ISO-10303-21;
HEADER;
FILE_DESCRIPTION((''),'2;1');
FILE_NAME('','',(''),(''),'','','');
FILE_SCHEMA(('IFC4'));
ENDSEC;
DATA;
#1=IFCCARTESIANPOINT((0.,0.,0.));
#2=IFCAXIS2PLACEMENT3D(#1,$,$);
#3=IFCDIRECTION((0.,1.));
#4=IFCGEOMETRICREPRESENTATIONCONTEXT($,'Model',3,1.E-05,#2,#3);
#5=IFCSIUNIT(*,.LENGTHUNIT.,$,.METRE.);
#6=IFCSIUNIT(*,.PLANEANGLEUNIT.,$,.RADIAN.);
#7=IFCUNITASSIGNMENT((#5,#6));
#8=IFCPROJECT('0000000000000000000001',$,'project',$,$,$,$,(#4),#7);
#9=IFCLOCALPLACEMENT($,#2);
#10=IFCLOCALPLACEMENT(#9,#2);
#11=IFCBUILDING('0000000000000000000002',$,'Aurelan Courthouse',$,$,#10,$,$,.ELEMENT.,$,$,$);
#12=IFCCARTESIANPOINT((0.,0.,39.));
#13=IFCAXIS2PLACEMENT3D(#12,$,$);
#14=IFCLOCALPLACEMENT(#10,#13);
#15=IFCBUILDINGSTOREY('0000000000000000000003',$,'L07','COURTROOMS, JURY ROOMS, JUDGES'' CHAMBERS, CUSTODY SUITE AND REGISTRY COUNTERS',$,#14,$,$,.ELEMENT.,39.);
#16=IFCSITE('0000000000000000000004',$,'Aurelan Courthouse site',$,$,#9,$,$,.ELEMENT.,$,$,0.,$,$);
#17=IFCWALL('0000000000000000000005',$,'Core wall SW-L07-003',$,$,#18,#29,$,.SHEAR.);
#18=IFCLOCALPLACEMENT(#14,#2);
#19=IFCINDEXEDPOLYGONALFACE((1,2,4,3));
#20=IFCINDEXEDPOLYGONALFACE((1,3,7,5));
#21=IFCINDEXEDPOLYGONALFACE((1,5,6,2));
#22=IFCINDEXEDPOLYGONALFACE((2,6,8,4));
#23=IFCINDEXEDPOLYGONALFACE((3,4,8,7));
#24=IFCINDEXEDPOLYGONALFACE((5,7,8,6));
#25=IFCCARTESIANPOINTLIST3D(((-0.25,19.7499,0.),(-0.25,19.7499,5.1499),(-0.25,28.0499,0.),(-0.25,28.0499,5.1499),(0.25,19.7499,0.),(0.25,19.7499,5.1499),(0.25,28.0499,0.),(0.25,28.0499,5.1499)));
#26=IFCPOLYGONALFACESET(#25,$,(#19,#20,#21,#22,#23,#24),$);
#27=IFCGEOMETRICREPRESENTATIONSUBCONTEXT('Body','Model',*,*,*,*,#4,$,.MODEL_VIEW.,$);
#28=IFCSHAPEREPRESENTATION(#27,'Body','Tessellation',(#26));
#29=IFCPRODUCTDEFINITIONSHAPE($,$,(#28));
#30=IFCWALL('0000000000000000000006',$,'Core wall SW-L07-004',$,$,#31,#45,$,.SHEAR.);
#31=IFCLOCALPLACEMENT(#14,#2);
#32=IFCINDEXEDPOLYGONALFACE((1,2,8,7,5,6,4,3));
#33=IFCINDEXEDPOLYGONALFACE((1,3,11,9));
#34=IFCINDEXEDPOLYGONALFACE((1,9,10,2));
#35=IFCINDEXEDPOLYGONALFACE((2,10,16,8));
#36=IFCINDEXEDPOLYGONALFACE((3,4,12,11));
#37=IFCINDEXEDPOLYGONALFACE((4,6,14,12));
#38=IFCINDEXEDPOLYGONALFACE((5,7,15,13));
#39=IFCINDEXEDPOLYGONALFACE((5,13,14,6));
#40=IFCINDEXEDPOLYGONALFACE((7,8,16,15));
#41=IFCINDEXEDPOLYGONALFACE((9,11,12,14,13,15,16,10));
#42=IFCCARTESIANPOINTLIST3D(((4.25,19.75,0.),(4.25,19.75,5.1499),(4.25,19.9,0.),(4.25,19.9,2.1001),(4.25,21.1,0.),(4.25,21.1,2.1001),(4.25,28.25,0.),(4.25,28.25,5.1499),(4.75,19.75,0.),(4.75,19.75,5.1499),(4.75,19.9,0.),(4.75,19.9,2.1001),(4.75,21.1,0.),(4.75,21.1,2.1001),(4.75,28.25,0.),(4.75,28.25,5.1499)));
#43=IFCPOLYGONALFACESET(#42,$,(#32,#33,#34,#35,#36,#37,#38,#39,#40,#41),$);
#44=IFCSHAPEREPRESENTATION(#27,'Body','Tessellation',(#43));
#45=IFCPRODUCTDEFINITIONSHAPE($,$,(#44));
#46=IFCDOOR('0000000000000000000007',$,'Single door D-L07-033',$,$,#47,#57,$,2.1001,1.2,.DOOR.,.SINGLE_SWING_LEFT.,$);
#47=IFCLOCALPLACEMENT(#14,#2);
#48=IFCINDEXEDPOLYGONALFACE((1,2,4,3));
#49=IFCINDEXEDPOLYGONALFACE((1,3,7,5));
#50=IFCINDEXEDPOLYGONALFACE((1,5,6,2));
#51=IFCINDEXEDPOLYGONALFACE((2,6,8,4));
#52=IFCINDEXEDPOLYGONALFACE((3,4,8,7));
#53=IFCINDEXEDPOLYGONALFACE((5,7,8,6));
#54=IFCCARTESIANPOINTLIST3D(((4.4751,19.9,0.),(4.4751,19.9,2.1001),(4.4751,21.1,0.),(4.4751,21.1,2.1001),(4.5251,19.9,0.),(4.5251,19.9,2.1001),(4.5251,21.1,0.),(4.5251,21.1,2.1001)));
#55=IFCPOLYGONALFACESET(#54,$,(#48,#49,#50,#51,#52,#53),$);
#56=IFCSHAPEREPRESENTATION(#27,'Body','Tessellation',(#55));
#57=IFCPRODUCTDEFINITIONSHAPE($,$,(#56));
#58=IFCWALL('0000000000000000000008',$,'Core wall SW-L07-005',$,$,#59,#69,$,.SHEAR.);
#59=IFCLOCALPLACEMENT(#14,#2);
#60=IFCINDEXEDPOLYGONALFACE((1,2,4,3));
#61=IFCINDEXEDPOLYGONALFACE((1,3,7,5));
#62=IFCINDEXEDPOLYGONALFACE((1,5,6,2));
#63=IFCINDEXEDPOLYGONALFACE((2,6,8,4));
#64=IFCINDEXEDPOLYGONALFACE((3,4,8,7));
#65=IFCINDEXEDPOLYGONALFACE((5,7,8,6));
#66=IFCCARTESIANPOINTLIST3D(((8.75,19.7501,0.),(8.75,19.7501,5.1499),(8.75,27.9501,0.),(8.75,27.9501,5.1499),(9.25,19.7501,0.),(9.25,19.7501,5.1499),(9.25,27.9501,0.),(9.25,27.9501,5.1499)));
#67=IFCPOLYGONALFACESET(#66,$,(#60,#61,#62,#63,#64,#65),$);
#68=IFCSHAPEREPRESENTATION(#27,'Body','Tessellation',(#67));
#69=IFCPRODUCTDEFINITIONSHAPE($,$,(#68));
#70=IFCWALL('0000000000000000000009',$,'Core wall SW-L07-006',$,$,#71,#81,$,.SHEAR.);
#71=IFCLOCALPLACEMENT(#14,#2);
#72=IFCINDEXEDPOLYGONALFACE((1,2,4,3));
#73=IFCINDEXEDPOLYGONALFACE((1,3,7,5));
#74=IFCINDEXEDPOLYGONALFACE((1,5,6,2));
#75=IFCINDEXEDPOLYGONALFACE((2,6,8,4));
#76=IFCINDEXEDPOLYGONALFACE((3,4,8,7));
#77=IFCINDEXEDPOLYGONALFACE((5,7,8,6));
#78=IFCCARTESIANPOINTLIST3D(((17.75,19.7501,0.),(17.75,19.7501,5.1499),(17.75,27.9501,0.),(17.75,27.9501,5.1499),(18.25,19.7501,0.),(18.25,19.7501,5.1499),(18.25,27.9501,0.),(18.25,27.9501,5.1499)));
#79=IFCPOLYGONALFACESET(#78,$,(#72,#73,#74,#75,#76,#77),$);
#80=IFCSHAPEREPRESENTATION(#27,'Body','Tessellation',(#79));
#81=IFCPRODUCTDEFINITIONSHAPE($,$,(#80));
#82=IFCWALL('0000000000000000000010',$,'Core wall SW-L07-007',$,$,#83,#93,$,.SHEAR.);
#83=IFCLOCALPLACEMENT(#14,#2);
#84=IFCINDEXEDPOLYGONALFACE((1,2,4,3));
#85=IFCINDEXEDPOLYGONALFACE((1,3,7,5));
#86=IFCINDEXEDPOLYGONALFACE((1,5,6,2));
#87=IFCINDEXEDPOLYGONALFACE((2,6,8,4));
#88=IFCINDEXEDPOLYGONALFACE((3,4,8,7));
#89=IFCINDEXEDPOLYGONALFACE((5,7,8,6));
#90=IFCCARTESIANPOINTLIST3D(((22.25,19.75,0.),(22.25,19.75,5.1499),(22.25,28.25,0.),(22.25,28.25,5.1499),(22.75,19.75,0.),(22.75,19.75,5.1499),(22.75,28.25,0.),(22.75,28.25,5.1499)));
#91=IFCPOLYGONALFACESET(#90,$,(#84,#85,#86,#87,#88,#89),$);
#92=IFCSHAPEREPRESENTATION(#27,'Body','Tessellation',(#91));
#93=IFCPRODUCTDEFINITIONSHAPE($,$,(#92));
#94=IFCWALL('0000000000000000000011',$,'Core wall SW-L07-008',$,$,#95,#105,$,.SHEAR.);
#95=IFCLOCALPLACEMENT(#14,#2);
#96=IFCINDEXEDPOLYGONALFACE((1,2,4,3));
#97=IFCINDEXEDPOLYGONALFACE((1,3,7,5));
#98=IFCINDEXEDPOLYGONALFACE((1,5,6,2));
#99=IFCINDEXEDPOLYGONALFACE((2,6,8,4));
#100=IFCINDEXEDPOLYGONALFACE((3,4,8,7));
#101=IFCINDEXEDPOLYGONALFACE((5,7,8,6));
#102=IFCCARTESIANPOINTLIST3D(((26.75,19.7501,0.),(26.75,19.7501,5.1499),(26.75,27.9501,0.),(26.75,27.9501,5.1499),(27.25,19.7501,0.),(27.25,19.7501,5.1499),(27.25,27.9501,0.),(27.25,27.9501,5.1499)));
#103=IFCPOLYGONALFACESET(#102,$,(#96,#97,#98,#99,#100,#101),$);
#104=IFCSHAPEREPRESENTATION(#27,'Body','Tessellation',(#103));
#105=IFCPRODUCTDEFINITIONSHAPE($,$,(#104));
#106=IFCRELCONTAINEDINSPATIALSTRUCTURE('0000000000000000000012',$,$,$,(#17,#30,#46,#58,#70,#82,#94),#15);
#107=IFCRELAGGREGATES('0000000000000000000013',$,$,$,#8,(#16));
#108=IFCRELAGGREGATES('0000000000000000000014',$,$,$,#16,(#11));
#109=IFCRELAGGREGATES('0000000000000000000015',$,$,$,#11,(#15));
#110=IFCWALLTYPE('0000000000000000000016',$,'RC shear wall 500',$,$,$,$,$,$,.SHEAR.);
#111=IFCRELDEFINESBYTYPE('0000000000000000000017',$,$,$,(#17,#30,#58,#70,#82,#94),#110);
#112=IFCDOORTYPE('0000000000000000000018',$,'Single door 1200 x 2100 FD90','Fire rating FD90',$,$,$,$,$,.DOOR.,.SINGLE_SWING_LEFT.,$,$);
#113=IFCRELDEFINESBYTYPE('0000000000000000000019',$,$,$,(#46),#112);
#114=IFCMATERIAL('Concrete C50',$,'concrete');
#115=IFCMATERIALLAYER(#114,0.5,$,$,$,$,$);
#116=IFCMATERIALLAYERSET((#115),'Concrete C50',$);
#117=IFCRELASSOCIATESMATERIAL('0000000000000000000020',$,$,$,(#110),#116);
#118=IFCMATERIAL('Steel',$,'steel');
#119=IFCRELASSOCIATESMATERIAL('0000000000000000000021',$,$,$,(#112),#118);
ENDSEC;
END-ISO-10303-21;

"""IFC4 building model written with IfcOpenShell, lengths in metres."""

from ifc_helpers import new_model, si_unit, direction, frame, frame_2d, origin, place, context, subcontext, project, spatial, rectangle, extrude, material, layer, layer_set, type_object, element, fill, save


model = new_model("IFC4")

# Units and contexts
model_context = context("Model", 3, precision=1e-05, world=origin(), true_north=direction((0.0, 1.0)))
body_context = subcontext(model_context, "Body", "Model", "MODEL_VIEW")
ifc_project = project(units=[si_unit("LENGTHUNIT", "METRE"), si_unit("PLANEANGLEUNIT", "RADIAN")], contexts=[model_context])

# Site, building, storey
site_placement = place(None, origin())
site = spatial("IfcSite", under=ifc_project, at=site_placement, Name="Aurelan Courthouse site", CompositionType="ELEMENT", RefElevation=0.0)
building_placement = place(site_placement, origin())
building = spatial("IfcBuilding", under=site, at=building_placement, Name="Aurelan Courthouse", CompositionType="ELEMENT")
storey_placement = place(building_placement, frame((0.0, 0.0, 39.0)))
storey = spatial("IfcBuildingStorey", under=building, at=storey_placement, Name="L07", Description="COURTROOMS, JURY ROOMS, JUDGES' CHAMBERS, CUSTODY SUITE AND REGISTRY COUNTERS", CompositionType="ELEMENT", Elevation=39.0)

# Shared definitions
ifc_material_1 = material(Name="Steel", Category="steel")

# Shared definitions
ifc_material_2 = material(Name="Concrete C50", Category="concrete")
ifc_layer_1 = layer(ifc_material_2, 0.5)
ifc_layer_set_1 = layer_set([ifc_layer_1], Name="Concrete C50")
wall_type_1 = type_object("IfcWallType", Name="RC shear wall 500", PredefinedType="SHEAR", material=ifc_layer_set_1)
door_type_1 = type_object("IfcDoorType", Name="Single door 1200 x 2100 FD90", Description="Fire rating FD90", OperationType="SINGLE_SWING_LEFT", PredefinedType="DOOR", material=ifc_material_1)

# Wall
wall_1_placement = place(storey_placement, frame((0.0, 19.75, 0.0), z_axis=(0.0, 0.0, 1.0), x_axis=(0.0, 1.0, 0.0)))
element("IfcWall", 1, at=wall_1_placement, inside=storey, type_object=wall_type_1, Name="Core wall SW-L07-003", PredefinedType="SHEAR", context=body_context, shape_type="SweptSolid", body=[
    extrude(rectangle(XDim=8.3, YDim=0.5, at=frame_2d((4.1499, 0.0))), origin(), (0.0, 0.0, 1.0), 5.1499),
])

# Wall, opening, door
wall_2_placement = place(storey_placement, frame((4.5, 19.75, 0.0), z_axis=(0.0, 0.0, 1.0), x_axis=(0.0, 1.0, 0.0)))
wall_2 = element("IfcWall", 2, at=wall_2_placement, inside=storey, type_object=wall_type_1, Name="Core wall SW-L07-004", PredefinedType="SHEAR", context=body_context, shape_type="SweptSolid", body=[
    extrude(rectangle(XDim=8.5, YDim=0.5, at=frame_2d((4.25, 0.0))), origin(), (0.0, 0.0, 1.0), 5.1499),
])
opening_1_placement = place(wall_2_placement, frame((0.1499, 0.0, 0.0)))
opening_1 = element("IfcOpeningElement", 3, at=opening_1_placement, cuts=wall_2, PredefinedType="OPENING", context=body_context, shape_type="SweptSolid", body=[
    extrude(rectangle(XDim=1.2, YDim=2.1001, at=frame_2d((0.6001, 1.05))), frame((0.0, 0.26, 0.0), z_axis=(0.0, -1.0, 0.0), x_axis=(1.0, 0.0, 0.0)), (0.0, 0.0, 1.0), 0.52),
])
door_1_placement = place(opening_1_placement, origin())
door_1 = element("IfcDoor", 4, at=door_1_placement, inside=storey, type_object=door_type_1, Name="Single door D-L07-033", OperationType="SINGLE_SWING_LEFT", OverallHeight=2.1001, OverallWidth=1.2, PredefinedType="DOOR", context=body_context, shape_type="SweptSolid", body=[
    extrude(rectangle(XDim=1.2, YDim=2.1001, at=frame_2d((0.6001, 1.05))), frame((0.0, 0.0249, 0.0), z_axis=(0.0, -1.0, 0.0), x_axis=(1.0, 0.0, 0.0)), (0.0, 0.0, 1.0), 0.05),
])
fill(opening_1, door_1)

# Walls
for number, where, z_axis, x_axis, name in (
    (5, (9.0, 19.75, 0.0), (0.0, 0.0, 1.0), (0.0, 1.0, 0.0), "Core wall SW-L07-005"),
    (6, (18.0, 19.75, 0.0), (0.0, 0.0, 1.0), (0.0, 1.0, 0.0), "Core wall SW-L07-006"),
):
    element("IfcWall", number, at=place(storey_placement, frame(where, z_axis=z_axis, x_axis=x_axis)), inside=storey, type_object=wall_type_1, Name=name, PredefinedType="SHEAR", context=body_context, shape_type="SweptSolid", body=[
        extrude(rectangle(XDim=8.2, YDim=0.5, at=frame_2d((4.1001, 0.0))), origin(), (0.0, 0.0, 1.0), 5.1499),
    ])
wall_3_placement = place(storey_placement, frame((22.5, 19.75, 0.0), z_axis=(0.0, 0.0, 1.0), x_axis=(0.0, 1.0, 0.0)))
element("IfcWall", 7, at=wall_3_placement, inside=storey, type_object=wall_type_1, Name="Core wall SW-L07-007", PredefinedType="SHEAR", context=body_context, shape_type="SweptSolid", body=[
    extrude(rectangle(XDim=8.5, YDim=0.5, at=frame_2d((4.25, 0.0))), origin(), (0.0, 0.0, 1.0), 5.1499),
])
wall_4_placement = place(storey_placement, frame((27.0, 19.75, 0.0), z_axis=(0.0, 0.0, 1.0), x_axis=(0.0, 1.0, 0.0)))
element("IfcWall", 8, at=wall_4_placement, inside=storey, type_object=wall_type_1, Name="Core wall SW-L07-008", PredefinedType="SHEAR", context=body_context, shape_type="SweptSolid", body=[
    extrude(rectangle(XDim=8.2, YDim=0.5, at=frame_2d((4.1001, 0.0))), origin(), (0.0, 0.0, 1.0), 5.1499),
])

save(model, "model.ifc")
